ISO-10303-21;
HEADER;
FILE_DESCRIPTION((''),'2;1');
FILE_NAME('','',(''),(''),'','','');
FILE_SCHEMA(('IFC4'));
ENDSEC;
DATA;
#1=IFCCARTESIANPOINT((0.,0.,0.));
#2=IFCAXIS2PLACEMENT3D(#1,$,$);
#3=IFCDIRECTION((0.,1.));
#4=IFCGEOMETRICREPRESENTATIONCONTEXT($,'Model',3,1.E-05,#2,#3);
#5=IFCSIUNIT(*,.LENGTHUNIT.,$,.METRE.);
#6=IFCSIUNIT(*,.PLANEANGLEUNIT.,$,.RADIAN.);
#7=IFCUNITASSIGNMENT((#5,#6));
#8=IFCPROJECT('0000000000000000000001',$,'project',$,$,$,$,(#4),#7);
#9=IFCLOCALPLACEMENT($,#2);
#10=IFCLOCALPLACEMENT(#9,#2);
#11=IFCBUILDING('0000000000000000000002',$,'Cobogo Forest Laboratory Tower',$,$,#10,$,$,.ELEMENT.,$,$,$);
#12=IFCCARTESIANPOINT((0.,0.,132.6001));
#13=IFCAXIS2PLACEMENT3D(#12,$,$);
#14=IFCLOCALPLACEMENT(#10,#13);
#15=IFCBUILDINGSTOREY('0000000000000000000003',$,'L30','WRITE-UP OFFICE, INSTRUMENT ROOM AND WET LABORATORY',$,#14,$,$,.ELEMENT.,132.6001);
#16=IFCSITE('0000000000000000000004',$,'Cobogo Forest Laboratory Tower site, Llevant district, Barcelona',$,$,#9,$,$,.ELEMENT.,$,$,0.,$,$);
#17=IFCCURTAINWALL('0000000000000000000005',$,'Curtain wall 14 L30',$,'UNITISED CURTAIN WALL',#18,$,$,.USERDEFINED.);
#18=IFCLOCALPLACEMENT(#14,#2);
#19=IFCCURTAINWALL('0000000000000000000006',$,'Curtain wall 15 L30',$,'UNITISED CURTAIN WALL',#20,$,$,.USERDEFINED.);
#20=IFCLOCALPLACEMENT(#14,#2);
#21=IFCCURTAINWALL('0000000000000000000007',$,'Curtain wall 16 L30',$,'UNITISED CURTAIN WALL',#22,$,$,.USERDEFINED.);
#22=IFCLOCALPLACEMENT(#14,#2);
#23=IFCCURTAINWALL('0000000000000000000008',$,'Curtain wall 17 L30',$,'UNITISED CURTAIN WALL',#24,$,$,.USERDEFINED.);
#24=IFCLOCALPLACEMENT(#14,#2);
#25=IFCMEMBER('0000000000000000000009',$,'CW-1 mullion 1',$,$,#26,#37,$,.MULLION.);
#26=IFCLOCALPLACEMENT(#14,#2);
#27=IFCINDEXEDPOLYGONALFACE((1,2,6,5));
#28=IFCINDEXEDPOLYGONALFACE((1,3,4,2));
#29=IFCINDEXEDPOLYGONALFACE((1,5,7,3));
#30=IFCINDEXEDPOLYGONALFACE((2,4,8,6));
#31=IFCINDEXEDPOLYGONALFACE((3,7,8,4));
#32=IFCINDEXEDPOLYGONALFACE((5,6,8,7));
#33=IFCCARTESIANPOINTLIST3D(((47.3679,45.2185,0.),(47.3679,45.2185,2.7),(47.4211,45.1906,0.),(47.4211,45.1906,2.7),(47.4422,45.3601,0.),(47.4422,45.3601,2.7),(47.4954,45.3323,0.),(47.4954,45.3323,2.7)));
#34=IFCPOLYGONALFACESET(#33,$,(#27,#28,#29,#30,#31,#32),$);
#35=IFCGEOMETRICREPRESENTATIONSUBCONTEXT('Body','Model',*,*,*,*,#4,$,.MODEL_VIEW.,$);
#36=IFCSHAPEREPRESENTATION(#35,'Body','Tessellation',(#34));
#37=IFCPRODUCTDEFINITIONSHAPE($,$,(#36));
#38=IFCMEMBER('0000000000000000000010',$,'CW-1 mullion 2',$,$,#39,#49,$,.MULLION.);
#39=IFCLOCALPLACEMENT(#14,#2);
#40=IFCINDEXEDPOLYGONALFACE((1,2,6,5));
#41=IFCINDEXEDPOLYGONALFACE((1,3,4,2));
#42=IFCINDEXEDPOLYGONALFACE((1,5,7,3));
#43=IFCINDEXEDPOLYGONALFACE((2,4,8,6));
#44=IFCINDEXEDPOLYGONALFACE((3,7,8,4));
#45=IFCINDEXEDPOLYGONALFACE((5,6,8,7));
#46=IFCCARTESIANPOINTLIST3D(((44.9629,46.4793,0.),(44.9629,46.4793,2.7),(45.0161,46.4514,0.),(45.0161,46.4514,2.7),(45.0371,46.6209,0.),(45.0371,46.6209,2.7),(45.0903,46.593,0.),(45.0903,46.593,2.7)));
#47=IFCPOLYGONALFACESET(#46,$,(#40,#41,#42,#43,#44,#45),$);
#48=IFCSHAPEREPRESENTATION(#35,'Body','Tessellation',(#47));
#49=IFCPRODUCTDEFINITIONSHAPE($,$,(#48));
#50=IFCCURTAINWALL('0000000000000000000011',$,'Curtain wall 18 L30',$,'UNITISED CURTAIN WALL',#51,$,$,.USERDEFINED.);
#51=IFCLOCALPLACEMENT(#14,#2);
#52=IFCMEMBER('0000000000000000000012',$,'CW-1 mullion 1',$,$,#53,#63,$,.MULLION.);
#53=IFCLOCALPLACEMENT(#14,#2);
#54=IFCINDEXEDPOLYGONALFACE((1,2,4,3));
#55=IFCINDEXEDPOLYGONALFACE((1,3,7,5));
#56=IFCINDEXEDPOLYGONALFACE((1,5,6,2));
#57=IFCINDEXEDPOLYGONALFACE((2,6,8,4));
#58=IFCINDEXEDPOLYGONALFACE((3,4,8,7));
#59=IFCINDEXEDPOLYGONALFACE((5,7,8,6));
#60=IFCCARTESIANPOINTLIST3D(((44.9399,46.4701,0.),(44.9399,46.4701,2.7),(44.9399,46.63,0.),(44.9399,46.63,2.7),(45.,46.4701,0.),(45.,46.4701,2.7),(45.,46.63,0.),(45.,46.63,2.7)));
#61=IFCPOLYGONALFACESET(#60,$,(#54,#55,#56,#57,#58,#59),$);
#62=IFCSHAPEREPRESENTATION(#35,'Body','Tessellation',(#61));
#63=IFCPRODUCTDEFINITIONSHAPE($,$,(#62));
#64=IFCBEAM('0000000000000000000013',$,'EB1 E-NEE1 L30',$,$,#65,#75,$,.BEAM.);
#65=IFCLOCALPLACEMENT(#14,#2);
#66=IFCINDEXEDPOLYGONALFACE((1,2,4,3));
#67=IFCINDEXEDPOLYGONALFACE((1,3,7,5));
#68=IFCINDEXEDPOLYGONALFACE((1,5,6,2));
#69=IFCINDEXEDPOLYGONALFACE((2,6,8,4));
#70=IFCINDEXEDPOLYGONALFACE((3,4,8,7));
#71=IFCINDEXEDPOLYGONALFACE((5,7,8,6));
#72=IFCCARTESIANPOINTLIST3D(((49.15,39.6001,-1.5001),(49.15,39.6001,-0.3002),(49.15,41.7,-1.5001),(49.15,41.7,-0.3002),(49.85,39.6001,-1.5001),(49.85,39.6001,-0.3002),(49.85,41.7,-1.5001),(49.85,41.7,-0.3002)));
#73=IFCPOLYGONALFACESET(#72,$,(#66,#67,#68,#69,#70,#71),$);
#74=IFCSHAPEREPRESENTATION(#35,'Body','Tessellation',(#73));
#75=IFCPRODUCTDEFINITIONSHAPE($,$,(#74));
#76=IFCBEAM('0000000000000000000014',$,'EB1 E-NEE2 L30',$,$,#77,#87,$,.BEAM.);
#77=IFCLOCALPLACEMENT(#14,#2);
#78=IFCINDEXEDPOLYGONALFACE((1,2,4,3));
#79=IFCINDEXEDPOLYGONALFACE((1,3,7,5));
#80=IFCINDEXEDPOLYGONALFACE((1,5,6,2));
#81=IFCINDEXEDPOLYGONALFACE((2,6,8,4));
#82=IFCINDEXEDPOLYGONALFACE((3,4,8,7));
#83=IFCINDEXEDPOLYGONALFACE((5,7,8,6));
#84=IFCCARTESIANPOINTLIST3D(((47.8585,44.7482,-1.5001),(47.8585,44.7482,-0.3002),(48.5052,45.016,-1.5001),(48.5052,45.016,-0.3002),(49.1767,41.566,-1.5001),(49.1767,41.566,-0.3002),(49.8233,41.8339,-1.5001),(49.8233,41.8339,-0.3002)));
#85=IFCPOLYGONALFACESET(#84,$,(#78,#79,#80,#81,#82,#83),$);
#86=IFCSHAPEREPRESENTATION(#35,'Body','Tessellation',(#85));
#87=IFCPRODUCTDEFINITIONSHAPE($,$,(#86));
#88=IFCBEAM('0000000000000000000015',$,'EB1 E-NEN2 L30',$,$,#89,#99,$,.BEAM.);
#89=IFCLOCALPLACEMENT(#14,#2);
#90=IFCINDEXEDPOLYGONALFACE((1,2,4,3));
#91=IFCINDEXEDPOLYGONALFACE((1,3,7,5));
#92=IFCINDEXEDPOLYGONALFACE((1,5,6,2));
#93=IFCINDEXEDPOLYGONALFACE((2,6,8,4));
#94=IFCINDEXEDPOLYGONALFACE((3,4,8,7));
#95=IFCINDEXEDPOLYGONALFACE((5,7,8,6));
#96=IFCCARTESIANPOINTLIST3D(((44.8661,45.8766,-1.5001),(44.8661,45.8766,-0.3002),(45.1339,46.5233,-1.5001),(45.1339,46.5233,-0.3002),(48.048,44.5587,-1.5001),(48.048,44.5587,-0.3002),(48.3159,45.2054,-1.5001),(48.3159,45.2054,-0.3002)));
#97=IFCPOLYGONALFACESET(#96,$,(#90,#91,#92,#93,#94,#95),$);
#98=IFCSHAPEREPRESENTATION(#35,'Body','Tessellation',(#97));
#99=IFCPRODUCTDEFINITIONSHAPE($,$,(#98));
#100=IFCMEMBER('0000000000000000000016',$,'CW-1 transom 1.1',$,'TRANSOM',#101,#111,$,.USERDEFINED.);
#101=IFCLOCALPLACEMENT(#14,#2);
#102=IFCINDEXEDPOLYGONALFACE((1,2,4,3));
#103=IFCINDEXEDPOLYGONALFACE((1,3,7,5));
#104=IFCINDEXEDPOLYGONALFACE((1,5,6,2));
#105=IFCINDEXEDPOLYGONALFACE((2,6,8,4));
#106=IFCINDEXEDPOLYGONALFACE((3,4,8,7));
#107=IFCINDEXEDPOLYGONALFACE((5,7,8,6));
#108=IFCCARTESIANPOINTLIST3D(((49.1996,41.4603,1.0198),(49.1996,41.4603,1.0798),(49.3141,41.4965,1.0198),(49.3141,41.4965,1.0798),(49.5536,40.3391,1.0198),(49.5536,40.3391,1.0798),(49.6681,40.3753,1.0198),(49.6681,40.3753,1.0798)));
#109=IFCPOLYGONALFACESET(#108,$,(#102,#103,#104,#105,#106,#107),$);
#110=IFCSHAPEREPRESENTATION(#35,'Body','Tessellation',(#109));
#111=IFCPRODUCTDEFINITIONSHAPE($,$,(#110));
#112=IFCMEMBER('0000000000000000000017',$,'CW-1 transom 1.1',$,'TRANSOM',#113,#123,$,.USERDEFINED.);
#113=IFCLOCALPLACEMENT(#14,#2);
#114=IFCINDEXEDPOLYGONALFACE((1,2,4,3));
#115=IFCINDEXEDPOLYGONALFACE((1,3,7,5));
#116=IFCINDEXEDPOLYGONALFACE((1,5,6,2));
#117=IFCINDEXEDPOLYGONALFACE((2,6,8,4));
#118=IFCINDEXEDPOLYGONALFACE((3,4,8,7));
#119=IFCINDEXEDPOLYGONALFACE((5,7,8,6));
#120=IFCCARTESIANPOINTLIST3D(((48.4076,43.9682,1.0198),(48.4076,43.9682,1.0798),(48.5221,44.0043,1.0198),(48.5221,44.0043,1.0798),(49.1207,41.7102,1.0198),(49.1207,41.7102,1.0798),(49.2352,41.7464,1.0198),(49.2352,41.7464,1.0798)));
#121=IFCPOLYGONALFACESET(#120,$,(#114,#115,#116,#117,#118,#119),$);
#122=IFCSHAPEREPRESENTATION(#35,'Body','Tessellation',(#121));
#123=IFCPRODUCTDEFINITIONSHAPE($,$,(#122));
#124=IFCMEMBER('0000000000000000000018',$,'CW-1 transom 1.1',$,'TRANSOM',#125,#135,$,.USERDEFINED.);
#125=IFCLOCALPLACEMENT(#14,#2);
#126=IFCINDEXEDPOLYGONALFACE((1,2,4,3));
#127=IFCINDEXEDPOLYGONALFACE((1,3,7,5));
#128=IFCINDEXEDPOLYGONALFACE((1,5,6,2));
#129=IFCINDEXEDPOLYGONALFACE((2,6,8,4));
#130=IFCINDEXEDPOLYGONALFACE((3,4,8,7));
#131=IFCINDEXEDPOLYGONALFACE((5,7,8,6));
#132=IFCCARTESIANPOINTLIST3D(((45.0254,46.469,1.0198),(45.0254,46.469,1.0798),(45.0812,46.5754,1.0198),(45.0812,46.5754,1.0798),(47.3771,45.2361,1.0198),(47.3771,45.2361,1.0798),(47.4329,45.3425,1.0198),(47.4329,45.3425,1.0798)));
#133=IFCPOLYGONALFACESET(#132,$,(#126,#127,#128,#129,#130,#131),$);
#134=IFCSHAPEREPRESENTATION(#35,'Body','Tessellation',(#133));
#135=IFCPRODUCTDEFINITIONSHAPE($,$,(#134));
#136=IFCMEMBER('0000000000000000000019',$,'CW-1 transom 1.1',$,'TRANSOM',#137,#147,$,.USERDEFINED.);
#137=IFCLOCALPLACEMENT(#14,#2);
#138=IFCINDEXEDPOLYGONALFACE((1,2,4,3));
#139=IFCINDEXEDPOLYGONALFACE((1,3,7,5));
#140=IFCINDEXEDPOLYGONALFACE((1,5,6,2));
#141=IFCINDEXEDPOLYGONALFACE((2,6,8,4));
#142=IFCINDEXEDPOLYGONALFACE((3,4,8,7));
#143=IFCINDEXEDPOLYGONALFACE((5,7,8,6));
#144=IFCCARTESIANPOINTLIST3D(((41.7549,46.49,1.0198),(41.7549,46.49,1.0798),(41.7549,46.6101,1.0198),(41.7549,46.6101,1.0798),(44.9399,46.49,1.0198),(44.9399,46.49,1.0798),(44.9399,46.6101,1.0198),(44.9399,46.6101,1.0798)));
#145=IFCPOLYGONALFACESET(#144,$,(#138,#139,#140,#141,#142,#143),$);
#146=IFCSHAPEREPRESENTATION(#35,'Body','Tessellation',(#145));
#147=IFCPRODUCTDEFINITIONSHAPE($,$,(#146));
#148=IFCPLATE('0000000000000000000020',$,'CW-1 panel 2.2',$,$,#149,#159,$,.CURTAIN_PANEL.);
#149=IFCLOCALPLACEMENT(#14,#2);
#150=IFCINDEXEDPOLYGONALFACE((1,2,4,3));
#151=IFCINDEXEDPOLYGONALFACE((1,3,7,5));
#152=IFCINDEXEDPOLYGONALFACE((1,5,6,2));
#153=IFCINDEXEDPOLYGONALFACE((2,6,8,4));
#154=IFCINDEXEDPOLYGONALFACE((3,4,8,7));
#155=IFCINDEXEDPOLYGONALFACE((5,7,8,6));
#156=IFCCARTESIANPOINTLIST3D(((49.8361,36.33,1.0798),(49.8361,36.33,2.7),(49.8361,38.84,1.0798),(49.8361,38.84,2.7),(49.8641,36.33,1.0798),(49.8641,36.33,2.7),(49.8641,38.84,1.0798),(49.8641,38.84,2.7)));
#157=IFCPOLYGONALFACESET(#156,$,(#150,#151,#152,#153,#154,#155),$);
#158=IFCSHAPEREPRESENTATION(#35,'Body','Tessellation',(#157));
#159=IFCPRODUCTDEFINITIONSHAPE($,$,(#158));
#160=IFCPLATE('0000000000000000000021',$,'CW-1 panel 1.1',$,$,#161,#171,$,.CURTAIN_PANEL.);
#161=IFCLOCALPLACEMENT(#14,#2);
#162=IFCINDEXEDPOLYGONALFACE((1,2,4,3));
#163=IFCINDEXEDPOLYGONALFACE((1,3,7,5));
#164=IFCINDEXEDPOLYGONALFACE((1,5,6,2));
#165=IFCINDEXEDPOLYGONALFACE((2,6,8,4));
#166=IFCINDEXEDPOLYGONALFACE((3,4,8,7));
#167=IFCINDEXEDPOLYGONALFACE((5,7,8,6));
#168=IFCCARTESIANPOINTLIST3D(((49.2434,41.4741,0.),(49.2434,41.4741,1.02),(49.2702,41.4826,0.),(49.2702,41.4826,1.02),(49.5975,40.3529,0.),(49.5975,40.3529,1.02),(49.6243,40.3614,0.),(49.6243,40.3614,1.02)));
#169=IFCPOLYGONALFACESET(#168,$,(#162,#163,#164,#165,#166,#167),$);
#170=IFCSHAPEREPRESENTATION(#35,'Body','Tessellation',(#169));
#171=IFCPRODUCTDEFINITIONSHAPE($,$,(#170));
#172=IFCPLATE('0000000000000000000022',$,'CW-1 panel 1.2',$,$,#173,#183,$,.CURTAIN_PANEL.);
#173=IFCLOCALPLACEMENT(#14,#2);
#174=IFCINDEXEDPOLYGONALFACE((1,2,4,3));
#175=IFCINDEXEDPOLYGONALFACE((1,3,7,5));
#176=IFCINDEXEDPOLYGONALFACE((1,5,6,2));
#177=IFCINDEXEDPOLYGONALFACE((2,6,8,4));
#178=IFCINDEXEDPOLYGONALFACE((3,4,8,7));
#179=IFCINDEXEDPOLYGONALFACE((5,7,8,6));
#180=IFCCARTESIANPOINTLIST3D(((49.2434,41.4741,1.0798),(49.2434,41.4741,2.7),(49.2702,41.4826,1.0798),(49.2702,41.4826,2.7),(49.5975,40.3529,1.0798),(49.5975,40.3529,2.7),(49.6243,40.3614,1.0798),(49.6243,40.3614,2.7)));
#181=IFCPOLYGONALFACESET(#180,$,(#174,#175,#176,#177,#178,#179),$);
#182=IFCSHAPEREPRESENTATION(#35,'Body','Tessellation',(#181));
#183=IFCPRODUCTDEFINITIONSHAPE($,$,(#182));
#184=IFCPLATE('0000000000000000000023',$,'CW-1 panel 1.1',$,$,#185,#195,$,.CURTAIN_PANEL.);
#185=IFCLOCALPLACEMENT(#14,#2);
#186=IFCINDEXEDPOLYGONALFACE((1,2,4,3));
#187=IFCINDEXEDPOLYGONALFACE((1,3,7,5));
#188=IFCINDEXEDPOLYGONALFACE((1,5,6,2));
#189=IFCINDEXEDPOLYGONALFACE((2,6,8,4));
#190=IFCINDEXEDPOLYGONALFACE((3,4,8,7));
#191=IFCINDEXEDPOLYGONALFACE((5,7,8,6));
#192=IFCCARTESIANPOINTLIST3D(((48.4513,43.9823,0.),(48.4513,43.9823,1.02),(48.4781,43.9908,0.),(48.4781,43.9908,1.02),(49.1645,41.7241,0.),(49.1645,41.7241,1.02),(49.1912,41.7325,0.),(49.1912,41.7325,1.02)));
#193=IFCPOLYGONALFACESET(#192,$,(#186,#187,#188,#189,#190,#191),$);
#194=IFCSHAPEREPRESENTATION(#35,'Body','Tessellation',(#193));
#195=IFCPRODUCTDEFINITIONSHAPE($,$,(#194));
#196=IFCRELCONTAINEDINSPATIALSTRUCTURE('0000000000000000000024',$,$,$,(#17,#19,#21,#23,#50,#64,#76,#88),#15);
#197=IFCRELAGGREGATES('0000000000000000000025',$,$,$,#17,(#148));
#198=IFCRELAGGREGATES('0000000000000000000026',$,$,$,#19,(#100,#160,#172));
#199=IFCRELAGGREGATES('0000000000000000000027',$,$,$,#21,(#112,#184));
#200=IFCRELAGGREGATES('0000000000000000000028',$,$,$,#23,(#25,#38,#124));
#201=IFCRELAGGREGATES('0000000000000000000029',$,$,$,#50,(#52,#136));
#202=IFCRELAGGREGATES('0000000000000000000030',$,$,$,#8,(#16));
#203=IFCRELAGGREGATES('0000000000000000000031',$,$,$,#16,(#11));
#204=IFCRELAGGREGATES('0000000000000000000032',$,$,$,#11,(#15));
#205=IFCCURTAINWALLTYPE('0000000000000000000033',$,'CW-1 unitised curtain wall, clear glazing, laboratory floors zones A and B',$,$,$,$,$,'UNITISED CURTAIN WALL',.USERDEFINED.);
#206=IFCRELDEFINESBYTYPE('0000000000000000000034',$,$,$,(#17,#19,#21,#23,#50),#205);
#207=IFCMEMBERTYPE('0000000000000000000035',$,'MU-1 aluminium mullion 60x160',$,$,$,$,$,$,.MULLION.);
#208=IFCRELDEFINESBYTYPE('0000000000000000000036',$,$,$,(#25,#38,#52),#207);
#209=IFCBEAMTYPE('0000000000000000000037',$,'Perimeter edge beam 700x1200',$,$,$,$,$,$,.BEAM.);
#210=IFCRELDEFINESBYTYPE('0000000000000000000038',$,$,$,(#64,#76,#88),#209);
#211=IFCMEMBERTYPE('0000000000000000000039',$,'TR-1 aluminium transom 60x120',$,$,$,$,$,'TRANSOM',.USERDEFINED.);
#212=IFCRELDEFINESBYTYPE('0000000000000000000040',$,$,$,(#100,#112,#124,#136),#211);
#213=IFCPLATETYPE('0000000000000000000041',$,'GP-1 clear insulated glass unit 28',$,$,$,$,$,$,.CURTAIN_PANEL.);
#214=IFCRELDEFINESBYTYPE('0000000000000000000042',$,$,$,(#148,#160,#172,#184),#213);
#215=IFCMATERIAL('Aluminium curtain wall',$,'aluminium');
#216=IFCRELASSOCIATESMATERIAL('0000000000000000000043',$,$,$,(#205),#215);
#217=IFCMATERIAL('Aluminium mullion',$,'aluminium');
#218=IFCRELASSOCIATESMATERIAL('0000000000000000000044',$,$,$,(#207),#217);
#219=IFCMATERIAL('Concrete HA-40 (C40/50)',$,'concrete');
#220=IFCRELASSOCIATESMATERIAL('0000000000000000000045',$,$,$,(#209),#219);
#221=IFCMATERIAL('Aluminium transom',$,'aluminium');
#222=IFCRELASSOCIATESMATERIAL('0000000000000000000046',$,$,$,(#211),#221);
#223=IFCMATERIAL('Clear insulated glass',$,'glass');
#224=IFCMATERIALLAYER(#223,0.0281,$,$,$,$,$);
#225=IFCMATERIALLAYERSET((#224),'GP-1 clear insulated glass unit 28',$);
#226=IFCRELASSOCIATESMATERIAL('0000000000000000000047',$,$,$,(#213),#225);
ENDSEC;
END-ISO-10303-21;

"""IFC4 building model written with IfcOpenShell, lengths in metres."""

from ifc_helpers import new_model, si_unit, direction, frame, origin, origin_2d, place, context, subcontext, project, spatial, rectangle, extrude, material, layer, layer_set, material_profile, profile_set, type_object, element, aggregate, save


model = new_model("IFC4")

# Units and contexts
model_context = context("Model", 3, precision=1e-05, world=origin(), true_north=direction((0.0, 1.0)))
body_context = subcontext(model_context, "Body", "Model", "MODEL_VIEW")
ifc_project = project(units=[si_unit("LENGTHUNIT", "METRE"), si_unit("PLANEANGLEUNIT", "RADIAN")], contexts=[model_context])

# Site, building, storey
site_placement = place(None, origin())
site = spatial("IfcSite", under=ifc_project, at=site_placement, Name="Cobogo Forest Laboratory Tower site, Llevant district, Barcelona", CompositionType="ELEMENT", RefElevation=0.0)
building_placement = place(site_placement, origin())
building = spatial("IfcBuilding", under=site, at=building_placement, Name="Cobogo Forest Laboratory Tower", CompositionType="ELEMENT")
storey_placement = place(building_placement, frame((0.0, 0.0, 132.6001)))
storey = spatial("IfcBuildingStorey", under=building, at=storey_placement, Name="L30", Description="WRITE-UP OFFICE, INSTRUMENT ROOM AND WET LABORATORY", CompositionType="ELEMENT", Elevation=132.6001)

# Curtain wall
ifc_material_1 = material(Name="Aluminium curtain wall", Category="aluminium")
curtain_wall_type = type_object("IfcCurtainWallType", Name="CW-1 unitised curtain wall, clear glazing, laboratory floors zones A and B", ElementType="UNITISED CURTAIN WALL", PredefinedType="USERDEFINED", material=ifc_material_1)
curtain_wall_1_placement = place(storey_placement, origin())
curtain_wall_1 = element("IfcCurtainWall", 1, at=curtain_wall_1_placement, inside=storey, type_object=curtain_wall_type, Name="Curtain wall 14 L30", ObjectType="UNITISED CURTAIN WALL", PredefinedType="USERDEFINED")
ifc_material_2 = material(Name="Aluminium mullion", Category="aluminium")
ifc_material_profile_1 = material_profile(ifc_material_2, rectangle(XDim=0.0601, YDim=0.1599, at=origin_2d()), Name="AL 60x160")
ifc_profile_set_1 = profile_set([ifc_material_profile_1], Name="Aluminium mullion")
member_type_1 = type_object("IfcMemberType", Name="MU-1 aluminium mullion 60x160", PredefinedType="MULLION", material=ifc_profile_set_1)

# Curtain walls, members
curtain_wall_2_placement = place(storey_placement, origin())
curtain_wall_2 = element("IfcCurtainWall", 2, at=curtain_wall_2_placement, inside=storey, type_object=curtain_wall_type, Name="Curtain wall 15 L30", ObjectType="UNITISED CURTAIN WALL", PredefinedType="USERDEFINED")
curtain_wall_3_placement = place(storey_placement, origin())
curtain_wall_3 = element("IfcCurtainWall", 3, at=curtain_wall_3_placement, inside=storey, type_object=curtain_wall_type, Name="Curtain wall 16 L30", ObjectType="UNITISED CURTAIN WALL", PredefinedType="USERDEFINED")
curtain_wall_4_placement = place(storey_placement, origin())
curtain_wall_4 = element("IfcCurtainWall", 4, at=curtain_wall_4_placement, inside=storey, type_object=curtain_wall_type, Name="Curtain wall 17 L30", ObjectType="UNITISED CURTAIN WALL", PredefinedType="USERDEFINED")
member_1_placement = place(storey_placement, frame((47.4316, 45.2754, 0.0), z_axis=(0.0, 0.0, 1.0), x_axis=(-0.885687, 0.464284, 0.0)))
member_1 = element("IfcMember", 5, at=member_1_placement, type_object=member_type_1, Name="CW-1 mullion 1", PredefinedType="MULLION", context=body_context, shape_type="SweptSolid", body=[
    extrude(rectangle(XDim=0.0601, YDim=0.1599, at=origin_2d()), origin(), (0.0, 0.0, 1.0), 2.7),
])
member_2_placement = place(storey_placement, frame((45.0266, 46.5361, 0.0), z_axis=(0.0, 0.0, 1.0), x_axis=(-0.885687, 0.464284, 0.0)))
member_2 = element("IfcMember", 6, at=member_2_placement, type_object=member_type_1, Name="CW-1 mullion 2", PredefinedType="MULLION", context=body_context, shape_type="SweptSolid", body=[
    extrude(rectangle(XDim=0.0601, YDim=0.1599, at=origin_2d()), origin(), (0.0, 0.0, 1.0), 2.7),
])

# Curtain wall, member
curtain_wall_5_placement = place(storey_placement, origin())
curtain_wall_5 = element("IfcCurtainWall", 7, at=curtain_wall_5_placement, inside=storey, type_object=curtain_wall_type, Name="Curtain wall 18 L30", ObjectType="UNITISED CURTAIN WALL", PredefinedType="USERDEFINED")
member_3_placement = place(storey_placement, frame((44.97, 46.55, 0.0), z_axis=(0.0, 0.0, 1.0), x_axis=(-1.0, 0.0, 0.0)))
member_3 = element("IfcMember", 8, at=member_3_placement, type_object=member_type_1, Name="CW-1 mullion 1", PredefinedType="MULLION", context=body_context, shape_type="SweptSolid", body=[
    extrude(rectangle(XDim=0.0601, YDim=0.1599, at=origin_2d()), origin(), (0.0, 0.0, 1.0), 2.7),
])

# Beams
ifc_material_3 = material(Name="Concrete HA-40 (C40/50)", Category="concrete")
ifc_material_profile_2 = material_profile(ifc_material_3, rectangle(XDim=0.7, YDim=1.2, at=origin_2d()), Name="RC 700x1200")
ifc_profile_set_2 = profile_set([ifc_material_profile_2], Name="Concrete HA-40 (C40/50)")
beam_type_1 = type_object("IfcBeamType", Name="Perimeter edge beam 700x1200", PredefinedType="BEAM", material=ifc_profile_set_2)
beam_1_placement = place(storey_placement, frame((49.5, 39.6001, -0.9001), z_axis=(0.0, 1.0, 0.0), x_axis=(-1.0, 0.0, 0.0)))
element("IfcBeam", 9, at=beam_1_placement, inside=storey, type_object=beam_type_1, Name="EB1 E-NEE1 L30", PredefinedType="BEAM", context=body_context, shape_type="SweptSolid", body=[
    extrude(rectangle(XDim=0.7, YDim=1.2, at=origin_2d()), origin(), (0.0, 0.0, 1.0), 2.0999),
])
beam_2_placement = place(storey_placement, frame((49.5, 41.7, -0.9001), z_axis=(-0.382692, 0.923876, 0.0), x_axis=(-0.923876, -0.382692, 0.0)))
element("IfcBeam", 10, at=beam_2_placement, inside=storey, type_object=beam_type_1, Name="EB1 E-NEE2 L30", PredefinedType="BEAM", context=body_context, shape_type="SweptSolid", body=[
    extrude(rectangle(XDim=0.7, YDim=1.2, at=origin_2d()), origin(), (0.0, 0.0, 1.0), 3.4443),
])
beam_3_placement = place(storey_placement, frame((45.0, 46.2, -0.9001), z_axis=(0.923891, -0.382656, 0.0), x_axis=(0.382656, 0.923891, 0.0)))
element("IfcBeam", 11, at=beam_3_placement, inside=storey, type_object=beam_type_1, Name="EB1 E-NEN2 L30", PredefinedType="BEAM", context=body_context, shape_type="SweptSolid", body=[
    extrude(rectangle(XDim=0.7, YDim=1.2, at=origin_2d()), origin(), (0.0, 0.0, 1.0), 3.4441),
])

# Members
ifc_material_4 = material(Name="Aluminium transom", Category="aluminium")
ifc_material_profile_3 = material_profile(ifc_material_4, rectangle(XDim=0.1201, YDim=0.0601, at=origin_2d()), Name="AL 60x120")
ifc_profile_set_3 = profile_set([ifc_material_profile_3], Name="Aluminium transom")
member_type_2 = type_object("IfcMemberType", Name="TR-1 aluminium transom 60x120", ElementType="TRANSOM", PredefinedType="USERDEFINED", material=ifc_profile_set_3)
member_4_placement = place(storey_placement, frame((49.6108, 40.3572, 1.0498), z_axis=(-0.301052, 0.953608, 0.0), x_axis=(-0.953608, -0.301052, 0.0)))
member_4 = element("IfcMember", 12, at=member_4_placement, type_object=member_type_2, Name="CW-1 transom 1.1", ObjectType="TRANSOM", PredefinedType="USERDEFINED", context=body_context, shape_type="SweptSolid", body=[
    extrude(rectangle(XDim=0.1201, YDim=0.0601, at=origin_2d()), origin(), (0.0, 0.0, 1.0), 1.1758),
])
member_5_placement = place(storey_placement, frame((49.178, 41.7283, 1.0498), z_axis=(-0.301156, 0.953575, 0.0), x_axis=(-0.953575, -0.301156, 0.0)))
member_5 = element("IfcMember", 13, at=member_5_placement, type_object=member_type_2, Name="CW-1 transom 1.1", ObjectType="TRANSOM", PredefinedType="USERDEFINED", context=body_context, shape_type="SweptSolid", body=[
    extrude(rectangle(XDim=0.1201, YDim=0.0601, at=origin_2d()), origin(), (0.0, 0.0, 1.0), 2.3679),
])
member_6_placement = place(storey_placement, frame((47.405, 45.2893, 1.0498), z_axis=(-0.885675, 0.464306, 0.0), x_axis=(-0.464306, -0.885675, 0.0)))
member_6 = element("IfcMember", 14, at=member_6_placement, type_object=member_type_2, Name="CW-1 transom 1.1", ObjectType="TRANSOM", PredefinedType="USERDEFINED", context=body_context, shape_type="SweptSolid", body=[
    extrude(rectangle(XDim=0.1201, YDim=0.0601, at=origin_2d()), origin(), (0.0, 0.0, 1.0), 2.6553),
])
member_7_placement = place(storey_placement, frame((44.9399, 46.55, 1.0498), z_axis=(-1.0, 0.0, 0.0), x_axis=(0.0, -1.0, 0.0)))
member_7 = element("IfcMember", 15, at=member_7_placement, type_object=member_type_2, Name="CW-1 transom 1.1", ObjectType="TRANSOM", PredefinedType="USERDEFINED", context=body_context, shape_type="SweptSolid", body=[
    extrude(rectangle(XDim=0.1201, YDim=0.0601, at=origin_2d()), origin(), (0.0, 0.0, 1.0), 3.1851),
])

# Plates
ifc_material_5 = material(Name="Clear insulated glass", Category="glass")
ifc_layer = layer(ifc_material_5, 0.0281)
ifc_layer_set = layer_set([ifc_layer], Name="GP-1 clear insulated glass unit 28")
plate_type = type_object("IfcPlateType", Name="GP-1 clear insulated glass unit 28", PredefinedType="CURTAIN_PANEL", material=ifc_layer_set)
plate_1_placement = place(storey_placement, frame((49.8501, 37.585, 1.0798), z_axis=(0.0, 0.0, 1.0), x_axis=(0.0, 1.0, 0.0)))
plate_1 = element("IfcPlate", 16, at=plate_1_placement, type_object=plate_type, Name="CW-1 panel 2.2", PredefinedType="CURTAIN_PANEL", context=body_context, shape_type="SweptSolid", body=[
    extrude(rectangle(XDim=2.51, YDim=0.0281, at=origin_2d()), origin(), (0.0, 0.0, 1.0), 1.6201),
])
aggregate(curtain_wall_1, [plate_1])
plate_2_placement = place(storey_placement, frame((49.4338, 40.9177, 0.0), z_axis=(0.0, 0.0, 1.0), x_axis=(-0.301135, 0.953581, 0.0)))
plate_2 = element("IfcPlate", 17, at=plate_2_placement, type_object=plate_type, Name="CW-1 panel 1.1", PredefinedType="CURTAIN_PANEL", context=body_context, shape_type="SweptSolid", body=[
    extrude(rectangle(XDim=1.1758, YDim=0.0281, at=origin_2d()), origin(), (0.0, 0.0, 1.0), 1.02),
])
plate_3_placement = place(storey_placement, frame((49.4338, 40.9177, 1.0798), z_axis=(0.0, 0.0, 1.0), x_axis=(-0.301135, 0.953581, 0.0)))
plate_3 = element("IfcPlate", 18, at=plate_3_placement, type_object=plate_type, Name="CW-1 panel 1.2", PredefinedType="CURTAIN_PANEL", context=body_context, shape_type="SweptSolid", body=[
    extrude(rectangle(XDim=1.1758, YDim=0.0281, at=origin_2d()), origin(), (0.0, 0.0, 1.0), 1.6201),
])
aggregate(curtain_wall_2, [member_4, plate_2, plate_3])
plate_4_placement = place(storey_placement, frame((48.8213, 42.8574, 0.0), z_axis=(0.0, 0.0, 1.0), x_axis=(-0.301135, 0.953581, 0.0)))
plate_4 = element("IfcPlate", 19, at=plate_4_placement, type_object=plate_type, Name="CW-1 panel 1.1", PredefinedType="CURTAIN_PANEL", context=body_context, shape_type="SweptSolid", body=[
    extrude(rectangle(XDim=2.3682, YDim=0.0281, at=origin_2d()), origin(), (0.0, 0.0, 1.0), 1.02),
])
aggregate(curtain_wall_3, [member_5, plate_4])
aggregate(curtain_wall_4, [member_1, member_2, member_6])
aggregate(curtain_wall_5, [member_3, member_7])

save(model, "model.ifc")
